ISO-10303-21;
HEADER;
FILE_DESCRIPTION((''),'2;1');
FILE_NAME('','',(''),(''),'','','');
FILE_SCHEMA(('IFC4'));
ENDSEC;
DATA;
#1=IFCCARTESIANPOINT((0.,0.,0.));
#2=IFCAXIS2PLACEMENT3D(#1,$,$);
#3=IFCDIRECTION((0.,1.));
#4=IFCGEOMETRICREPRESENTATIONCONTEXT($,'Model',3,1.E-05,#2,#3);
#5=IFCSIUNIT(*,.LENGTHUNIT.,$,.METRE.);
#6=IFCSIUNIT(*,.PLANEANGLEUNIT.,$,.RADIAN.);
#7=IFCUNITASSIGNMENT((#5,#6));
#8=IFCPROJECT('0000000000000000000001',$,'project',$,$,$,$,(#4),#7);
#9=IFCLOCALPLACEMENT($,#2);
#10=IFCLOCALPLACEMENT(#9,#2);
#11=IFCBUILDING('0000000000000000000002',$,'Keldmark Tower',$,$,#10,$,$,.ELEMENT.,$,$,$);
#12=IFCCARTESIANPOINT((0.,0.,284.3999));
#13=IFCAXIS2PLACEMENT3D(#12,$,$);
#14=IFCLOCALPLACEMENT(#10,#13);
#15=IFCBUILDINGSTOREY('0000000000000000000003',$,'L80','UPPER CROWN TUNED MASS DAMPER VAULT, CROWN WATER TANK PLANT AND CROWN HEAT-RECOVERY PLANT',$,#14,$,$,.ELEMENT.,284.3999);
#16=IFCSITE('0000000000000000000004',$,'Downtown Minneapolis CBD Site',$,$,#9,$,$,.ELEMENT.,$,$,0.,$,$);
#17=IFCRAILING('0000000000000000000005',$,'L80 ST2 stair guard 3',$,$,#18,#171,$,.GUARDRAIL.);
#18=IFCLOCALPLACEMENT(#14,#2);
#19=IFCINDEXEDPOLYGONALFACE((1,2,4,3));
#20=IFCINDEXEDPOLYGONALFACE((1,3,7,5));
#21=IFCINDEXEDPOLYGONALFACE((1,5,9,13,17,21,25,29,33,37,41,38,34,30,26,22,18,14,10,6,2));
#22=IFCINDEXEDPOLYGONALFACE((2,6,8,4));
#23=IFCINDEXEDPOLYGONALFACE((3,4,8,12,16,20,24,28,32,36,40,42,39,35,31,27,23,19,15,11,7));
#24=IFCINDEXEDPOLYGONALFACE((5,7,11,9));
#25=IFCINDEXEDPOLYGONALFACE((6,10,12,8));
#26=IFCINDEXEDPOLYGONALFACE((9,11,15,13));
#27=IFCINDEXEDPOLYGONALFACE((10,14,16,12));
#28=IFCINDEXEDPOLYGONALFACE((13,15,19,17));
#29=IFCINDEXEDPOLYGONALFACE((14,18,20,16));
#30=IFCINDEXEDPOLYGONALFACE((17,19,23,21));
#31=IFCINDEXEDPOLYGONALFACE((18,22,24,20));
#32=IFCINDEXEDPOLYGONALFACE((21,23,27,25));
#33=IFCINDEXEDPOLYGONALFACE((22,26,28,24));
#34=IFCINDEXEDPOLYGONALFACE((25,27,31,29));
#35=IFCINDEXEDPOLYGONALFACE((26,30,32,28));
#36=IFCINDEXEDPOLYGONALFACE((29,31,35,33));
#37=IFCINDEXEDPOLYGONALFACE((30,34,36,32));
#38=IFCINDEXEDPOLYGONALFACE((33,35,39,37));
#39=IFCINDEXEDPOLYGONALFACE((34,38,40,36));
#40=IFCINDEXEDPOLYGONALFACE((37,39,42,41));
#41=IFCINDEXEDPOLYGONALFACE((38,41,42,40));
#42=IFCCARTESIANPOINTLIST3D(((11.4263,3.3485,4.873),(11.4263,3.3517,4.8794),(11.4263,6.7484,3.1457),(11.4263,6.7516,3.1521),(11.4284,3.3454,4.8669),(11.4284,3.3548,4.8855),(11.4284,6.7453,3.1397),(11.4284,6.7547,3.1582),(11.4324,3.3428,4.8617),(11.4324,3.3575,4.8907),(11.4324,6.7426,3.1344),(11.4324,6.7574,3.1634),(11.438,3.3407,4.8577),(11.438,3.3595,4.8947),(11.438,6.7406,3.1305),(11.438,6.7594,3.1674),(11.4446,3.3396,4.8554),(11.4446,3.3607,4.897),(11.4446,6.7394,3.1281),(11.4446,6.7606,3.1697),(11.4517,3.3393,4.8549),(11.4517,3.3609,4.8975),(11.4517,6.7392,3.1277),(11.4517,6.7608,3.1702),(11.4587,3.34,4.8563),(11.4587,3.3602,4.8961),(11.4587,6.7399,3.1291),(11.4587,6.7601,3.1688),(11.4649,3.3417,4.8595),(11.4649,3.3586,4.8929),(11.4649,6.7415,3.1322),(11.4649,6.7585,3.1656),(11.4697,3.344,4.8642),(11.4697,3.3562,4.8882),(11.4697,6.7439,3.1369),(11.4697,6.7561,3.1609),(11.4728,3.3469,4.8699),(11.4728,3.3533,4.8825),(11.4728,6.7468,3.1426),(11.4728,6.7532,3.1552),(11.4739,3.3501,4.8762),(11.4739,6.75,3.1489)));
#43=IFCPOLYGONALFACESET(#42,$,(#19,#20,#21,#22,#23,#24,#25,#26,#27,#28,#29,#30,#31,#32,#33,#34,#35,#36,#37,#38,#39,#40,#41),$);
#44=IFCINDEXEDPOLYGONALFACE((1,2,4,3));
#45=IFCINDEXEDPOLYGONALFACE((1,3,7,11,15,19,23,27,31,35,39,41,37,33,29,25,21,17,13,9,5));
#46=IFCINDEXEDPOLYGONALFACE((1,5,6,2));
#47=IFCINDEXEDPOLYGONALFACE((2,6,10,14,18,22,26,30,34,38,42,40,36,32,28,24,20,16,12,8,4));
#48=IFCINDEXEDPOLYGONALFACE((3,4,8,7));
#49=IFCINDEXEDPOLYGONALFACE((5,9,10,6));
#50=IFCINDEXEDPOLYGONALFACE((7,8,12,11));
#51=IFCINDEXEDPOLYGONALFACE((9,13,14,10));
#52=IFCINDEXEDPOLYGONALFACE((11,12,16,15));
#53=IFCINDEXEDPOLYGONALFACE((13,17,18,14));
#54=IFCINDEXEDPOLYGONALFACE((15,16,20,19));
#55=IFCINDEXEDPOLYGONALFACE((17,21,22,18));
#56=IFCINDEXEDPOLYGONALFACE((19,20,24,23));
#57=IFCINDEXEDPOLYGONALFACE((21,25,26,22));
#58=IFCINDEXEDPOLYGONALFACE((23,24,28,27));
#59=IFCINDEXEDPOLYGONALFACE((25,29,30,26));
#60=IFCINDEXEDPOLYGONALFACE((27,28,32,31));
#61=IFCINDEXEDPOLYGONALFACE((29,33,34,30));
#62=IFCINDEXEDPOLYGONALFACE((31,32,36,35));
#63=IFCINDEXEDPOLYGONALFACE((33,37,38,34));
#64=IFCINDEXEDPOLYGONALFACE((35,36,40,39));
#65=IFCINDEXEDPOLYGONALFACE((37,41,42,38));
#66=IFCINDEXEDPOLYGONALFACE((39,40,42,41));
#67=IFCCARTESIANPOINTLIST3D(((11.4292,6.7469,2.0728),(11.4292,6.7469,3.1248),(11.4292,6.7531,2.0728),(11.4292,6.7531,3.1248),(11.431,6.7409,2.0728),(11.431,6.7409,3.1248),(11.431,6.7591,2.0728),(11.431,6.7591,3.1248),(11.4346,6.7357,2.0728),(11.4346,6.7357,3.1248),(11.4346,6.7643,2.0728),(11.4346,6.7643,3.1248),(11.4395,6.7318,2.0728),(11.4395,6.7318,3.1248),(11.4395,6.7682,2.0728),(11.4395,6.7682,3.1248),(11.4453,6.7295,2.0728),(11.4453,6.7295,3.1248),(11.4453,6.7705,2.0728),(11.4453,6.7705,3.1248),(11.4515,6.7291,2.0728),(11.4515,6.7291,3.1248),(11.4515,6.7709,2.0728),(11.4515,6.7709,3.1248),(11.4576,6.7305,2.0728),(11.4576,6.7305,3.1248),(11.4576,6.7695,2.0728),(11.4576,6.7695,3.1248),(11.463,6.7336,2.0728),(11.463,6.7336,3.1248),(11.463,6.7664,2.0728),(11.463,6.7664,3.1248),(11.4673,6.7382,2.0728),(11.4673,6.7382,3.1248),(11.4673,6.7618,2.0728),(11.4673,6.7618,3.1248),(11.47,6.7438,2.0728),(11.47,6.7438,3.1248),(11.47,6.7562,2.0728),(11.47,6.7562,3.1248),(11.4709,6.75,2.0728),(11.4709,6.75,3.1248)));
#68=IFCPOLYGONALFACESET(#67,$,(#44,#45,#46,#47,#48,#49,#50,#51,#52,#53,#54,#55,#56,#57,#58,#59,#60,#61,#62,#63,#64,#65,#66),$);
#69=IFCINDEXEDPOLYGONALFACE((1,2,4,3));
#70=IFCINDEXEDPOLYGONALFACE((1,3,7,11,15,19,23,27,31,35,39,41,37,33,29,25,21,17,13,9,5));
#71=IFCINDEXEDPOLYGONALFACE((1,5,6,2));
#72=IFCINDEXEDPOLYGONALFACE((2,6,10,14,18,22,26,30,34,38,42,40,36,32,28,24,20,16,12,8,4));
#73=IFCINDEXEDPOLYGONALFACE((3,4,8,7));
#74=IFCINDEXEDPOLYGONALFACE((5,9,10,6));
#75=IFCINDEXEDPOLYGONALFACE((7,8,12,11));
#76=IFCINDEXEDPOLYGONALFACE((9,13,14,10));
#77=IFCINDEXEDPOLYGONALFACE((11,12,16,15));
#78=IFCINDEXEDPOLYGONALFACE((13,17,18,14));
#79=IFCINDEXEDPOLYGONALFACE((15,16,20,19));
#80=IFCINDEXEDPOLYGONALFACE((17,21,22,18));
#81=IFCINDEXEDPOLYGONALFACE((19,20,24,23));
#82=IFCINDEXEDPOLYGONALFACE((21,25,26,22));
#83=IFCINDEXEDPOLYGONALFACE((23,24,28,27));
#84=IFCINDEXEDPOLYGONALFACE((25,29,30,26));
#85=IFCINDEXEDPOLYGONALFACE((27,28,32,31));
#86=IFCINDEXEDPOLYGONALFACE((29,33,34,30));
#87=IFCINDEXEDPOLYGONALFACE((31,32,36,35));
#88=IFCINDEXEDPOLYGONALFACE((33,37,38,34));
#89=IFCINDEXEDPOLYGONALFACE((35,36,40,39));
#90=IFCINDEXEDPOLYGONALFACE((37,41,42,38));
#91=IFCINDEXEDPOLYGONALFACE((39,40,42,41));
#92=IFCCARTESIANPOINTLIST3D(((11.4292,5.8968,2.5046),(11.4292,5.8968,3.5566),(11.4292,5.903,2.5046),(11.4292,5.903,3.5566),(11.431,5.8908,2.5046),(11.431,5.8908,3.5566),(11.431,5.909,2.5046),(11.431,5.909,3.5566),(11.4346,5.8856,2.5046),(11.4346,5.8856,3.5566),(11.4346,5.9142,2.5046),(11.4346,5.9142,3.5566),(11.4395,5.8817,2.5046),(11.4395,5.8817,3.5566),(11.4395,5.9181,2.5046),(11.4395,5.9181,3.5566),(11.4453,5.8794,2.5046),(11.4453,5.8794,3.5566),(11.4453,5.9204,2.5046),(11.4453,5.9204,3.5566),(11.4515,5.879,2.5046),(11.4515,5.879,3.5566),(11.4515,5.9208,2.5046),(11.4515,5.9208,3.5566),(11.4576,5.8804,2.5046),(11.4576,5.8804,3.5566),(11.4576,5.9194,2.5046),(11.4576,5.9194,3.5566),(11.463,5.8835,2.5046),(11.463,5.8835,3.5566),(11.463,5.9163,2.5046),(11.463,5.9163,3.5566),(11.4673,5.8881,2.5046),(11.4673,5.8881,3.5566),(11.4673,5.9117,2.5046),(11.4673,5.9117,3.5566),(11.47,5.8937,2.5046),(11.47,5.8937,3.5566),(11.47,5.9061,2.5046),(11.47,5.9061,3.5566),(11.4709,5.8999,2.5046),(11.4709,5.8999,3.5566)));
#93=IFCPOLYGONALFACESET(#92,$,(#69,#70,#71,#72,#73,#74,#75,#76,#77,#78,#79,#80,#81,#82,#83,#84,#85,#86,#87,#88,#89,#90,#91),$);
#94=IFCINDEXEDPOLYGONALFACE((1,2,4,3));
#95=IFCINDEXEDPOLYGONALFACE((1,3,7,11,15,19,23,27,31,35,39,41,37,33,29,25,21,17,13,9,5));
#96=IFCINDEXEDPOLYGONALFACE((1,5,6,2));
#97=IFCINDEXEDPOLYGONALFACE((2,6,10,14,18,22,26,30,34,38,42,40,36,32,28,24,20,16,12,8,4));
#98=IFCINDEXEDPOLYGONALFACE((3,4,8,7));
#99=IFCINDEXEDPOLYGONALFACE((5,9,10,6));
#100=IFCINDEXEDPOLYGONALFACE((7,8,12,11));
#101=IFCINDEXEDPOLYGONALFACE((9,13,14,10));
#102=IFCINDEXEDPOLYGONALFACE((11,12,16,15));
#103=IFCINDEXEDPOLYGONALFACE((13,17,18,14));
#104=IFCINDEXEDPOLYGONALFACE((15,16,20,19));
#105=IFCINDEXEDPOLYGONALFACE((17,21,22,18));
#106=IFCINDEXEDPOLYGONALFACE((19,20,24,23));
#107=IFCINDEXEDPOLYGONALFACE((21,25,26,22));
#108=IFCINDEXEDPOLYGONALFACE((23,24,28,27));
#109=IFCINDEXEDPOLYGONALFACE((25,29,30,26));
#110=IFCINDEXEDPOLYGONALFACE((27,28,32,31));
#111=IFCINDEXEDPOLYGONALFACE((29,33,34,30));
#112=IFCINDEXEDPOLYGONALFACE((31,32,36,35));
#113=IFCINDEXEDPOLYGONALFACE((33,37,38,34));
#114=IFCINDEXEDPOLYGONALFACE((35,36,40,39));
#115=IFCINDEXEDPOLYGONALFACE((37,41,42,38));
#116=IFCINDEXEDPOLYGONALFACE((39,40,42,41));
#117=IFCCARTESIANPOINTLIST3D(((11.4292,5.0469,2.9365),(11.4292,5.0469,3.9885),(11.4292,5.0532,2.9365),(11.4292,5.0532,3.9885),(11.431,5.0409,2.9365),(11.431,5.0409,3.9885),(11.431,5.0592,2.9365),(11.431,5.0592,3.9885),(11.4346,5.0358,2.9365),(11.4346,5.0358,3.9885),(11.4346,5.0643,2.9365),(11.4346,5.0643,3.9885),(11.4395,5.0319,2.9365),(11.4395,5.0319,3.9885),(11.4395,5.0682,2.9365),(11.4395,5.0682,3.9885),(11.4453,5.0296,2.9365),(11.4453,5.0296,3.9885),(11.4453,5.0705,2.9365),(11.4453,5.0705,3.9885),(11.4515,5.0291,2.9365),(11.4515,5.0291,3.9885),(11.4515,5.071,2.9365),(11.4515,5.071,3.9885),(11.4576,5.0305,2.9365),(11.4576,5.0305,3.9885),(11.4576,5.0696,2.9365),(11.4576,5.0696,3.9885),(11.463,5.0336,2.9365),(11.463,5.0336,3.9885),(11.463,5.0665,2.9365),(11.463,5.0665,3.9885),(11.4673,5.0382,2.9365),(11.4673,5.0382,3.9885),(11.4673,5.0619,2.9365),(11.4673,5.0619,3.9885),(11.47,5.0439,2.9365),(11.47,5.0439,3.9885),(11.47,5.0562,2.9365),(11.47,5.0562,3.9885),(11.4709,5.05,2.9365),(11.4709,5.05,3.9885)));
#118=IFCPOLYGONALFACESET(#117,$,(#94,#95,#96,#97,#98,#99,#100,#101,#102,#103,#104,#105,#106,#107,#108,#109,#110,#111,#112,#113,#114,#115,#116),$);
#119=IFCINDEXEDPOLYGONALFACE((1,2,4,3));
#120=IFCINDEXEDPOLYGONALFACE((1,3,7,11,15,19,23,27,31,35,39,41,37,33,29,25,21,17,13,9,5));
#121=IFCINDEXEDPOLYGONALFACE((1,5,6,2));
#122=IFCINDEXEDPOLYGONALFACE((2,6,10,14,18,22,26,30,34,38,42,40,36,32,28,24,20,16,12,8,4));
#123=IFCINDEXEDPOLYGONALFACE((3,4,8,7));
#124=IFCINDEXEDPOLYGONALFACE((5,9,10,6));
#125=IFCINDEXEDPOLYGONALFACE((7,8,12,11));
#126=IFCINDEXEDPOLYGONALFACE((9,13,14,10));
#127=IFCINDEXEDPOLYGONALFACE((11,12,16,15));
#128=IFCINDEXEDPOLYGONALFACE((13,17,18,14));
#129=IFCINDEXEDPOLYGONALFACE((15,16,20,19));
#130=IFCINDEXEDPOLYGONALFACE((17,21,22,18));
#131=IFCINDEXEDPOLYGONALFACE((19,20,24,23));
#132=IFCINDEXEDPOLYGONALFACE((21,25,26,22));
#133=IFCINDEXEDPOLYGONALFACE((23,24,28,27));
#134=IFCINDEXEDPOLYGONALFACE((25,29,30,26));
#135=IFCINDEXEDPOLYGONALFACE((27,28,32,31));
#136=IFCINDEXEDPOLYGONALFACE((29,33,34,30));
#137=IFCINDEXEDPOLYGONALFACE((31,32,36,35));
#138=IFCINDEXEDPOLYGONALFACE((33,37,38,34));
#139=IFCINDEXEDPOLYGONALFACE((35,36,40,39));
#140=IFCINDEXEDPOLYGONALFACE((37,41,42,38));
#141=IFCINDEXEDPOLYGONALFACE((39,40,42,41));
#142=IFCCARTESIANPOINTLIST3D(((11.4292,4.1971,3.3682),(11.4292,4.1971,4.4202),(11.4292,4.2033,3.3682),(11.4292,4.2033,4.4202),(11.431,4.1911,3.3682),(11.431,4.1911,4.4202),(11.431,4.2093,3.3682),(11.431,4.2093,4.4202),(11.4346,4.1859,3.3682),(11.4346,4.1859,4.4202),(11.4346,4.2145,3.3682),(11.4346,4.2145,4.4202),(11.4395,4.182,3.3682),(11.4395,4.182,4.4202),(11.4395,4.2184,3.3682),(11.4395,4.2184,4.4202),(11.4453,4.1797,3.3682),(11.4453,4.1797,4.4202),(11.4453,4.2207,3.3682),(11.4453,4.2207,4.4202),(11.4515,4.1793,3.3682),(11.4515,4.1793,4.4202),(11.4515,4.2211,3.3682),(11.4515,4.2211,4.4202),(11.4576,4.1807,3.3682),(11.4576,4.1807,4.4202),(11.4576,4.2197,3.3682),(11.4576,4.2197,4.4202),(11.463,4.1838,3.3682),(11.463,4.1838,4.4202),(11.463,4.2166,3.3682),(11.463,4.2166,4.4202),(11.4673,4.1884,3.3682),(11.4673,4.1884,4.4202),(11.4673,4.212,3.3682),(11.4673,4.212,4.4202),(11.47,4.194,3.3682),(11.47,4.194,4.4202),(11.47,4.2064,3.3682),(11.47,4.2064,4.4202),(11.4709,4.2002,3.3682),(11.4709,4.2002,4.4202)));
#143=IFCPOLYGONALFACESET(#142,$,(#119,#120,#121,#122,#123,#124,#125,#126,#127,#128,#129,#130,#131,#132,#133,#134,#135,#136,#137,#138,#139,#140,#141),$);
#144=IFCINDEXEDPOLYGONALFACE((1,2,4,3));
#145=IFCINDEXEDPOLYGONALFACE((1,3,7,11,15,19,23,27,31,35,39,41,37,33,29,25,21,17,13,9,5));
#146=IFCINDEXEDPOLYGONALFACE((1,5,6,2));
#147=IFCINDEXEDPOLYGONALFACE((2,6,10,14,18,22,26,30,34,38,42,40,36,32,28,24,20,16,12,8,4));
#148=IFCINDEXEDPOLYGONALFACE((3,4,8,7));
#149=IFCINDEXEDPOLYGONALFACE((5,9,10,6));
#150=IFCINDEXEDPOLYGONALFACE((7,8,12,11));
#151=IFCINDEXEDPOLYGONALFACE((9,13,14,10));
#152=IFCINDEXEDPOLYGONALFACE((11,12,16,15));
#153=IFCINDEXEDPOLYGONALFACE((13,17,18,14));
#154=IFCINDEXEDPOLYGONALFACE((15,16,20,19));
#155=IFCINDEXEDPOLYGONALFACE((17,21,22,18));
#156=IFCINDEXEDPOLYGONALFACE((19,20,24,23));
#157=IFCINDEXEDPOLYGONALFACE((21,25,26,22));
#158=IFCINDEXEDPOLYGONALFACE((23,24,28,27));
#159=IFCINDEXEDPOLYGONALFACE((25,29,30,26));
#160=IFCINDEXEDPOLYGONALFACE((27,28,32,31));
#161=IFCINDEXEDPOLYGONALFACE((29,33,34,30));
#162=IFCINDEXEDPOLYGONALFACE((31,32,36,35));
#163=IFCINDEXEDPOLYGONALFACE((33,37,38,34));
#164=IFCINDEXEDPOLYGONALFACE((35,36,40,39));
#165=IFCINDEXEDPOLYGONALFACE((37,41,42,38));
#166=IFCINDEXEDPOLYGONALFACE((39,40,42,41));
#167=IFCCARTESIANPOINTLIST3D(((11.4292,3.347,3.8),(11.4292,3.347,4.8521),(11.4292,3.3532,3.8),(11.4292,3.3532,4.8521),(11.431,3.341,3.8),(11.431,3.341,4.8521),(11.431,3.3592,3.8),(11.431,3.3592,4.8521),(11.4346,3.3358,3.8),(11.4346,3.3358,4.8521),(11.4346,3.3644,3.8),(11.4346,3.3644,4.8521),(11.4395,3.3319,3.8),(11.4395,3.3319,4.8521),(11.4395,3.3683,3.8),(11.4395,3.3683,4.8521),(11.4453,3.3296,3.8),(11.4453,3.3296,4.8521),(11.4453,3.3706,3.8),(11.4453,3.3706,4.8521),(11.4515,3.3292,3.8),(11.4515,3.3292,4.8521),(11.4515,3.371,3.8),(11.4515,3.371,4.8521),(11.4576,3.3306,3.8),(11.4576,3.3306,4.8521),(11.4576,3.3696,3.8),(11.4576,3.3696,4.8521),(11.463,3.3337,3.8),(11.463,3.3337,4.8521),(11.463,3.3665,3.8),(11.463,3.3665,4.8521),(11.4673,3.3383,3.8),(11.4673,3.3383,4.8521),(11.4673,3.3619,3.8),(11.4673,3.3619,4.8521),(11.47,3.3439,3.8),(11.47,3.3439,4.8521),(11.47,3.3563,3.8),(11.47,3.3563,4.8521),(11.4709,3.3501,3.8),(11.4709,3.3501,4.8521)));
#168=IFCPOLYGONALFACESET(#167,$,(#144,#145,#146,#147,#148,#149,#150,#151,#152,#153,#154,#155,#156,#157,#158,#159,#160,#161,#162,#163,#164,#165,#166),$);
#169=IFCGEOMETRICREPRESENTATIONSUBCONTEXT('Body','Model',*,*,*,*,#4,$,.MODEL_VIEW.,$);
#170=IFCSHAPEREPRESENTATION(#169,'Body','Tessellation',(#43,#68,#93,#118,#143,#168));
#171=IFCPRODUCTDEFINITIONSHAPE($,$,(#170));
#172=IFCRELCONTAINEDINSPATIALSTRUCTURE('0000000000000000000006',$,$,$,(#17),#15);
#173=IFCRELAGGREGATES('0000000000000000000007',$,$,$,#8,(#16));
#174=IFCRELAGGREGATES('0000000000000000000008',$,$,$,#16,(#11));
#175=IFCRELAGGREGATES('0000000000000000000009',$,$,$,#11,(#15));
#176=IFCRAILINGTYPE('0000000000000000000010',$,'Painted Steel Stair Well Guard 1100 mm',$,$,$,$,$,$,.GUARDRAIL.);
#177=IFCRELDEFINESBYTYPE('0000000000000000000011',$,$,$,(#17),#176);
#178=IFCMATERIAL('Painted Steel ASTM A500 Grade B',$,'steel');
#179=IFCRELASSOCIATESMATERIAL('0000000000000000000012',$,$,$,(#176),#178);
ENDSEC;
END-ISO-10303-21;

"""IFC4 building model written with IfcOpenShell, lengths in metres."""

from ifc_helpers import new_model, si_unit, direction, frame, origin, origin_2d, place, context, subcontext, project, spatial, circle, extrude, material, type_object, element, save


model = new_model("IFC4")

# Units and contexts
model_context = context("Model", 3, precision=1e-05, world=origin(), true_north=direction((0.0, 1.0)))
body_context = subcontext(model_context, "Body", "Model", "MODEL_VIEW")
ifc_project = project(units=[si_unit("LENGTHUNIT", "METRE"), si_unit("PLANEANGLEUNIT", "RADIAN")], contexts=[model_context])

# Site, building, storey
site_placement = place(None, origin())
site = spatial("IfcSite", under=ifc_project, at=site_placement, Name="Downtown Minneapolis CBD Site", CompositionType="ELEMENT", RefElevation=0.0)
building_placement = place(site_placement, origin())
building = spatial("IfcBuilding", under=site, at=building_placement, Name="Keldmark Tower", CompositionType="ELEMENT")
storey_placement = place(building_placement, frame((0.0, 0.0, 284.3999)))
storey = spatial("IfcBuildingStorey", under=building, at=storey_placement, Name="L80", Description="UPPER CROWN TUNED MASS DAMPER VAULT, CROWN WATER TANK PLANT AND CROWN HEAT-RECOVERY PLANT", CompositionType="ELEMENT", Elevation=284.3999)

# Railing
ifc_material_1 = material(Name="Painted Steel ASTM A500 Grade B", Category="steel")
railing_type_1 = type_object("IfcRailingType", Name="Painted Steel Stair Well Guard 1100 mm", PredefinedType="GUARDRAIL", material=ifc_material_1)
railing_1_placement = place(storey_placement, frame((11.45, 6.75, 2.0728)))
element("IfcRailing", 1, at=railing_1_placement, inside=storey, type_object=railing_type_1, Name="L80 ST2 stair guard 3", PredefinedType="GUARDRAIL", context=body_context, shape_type="SweptSolid", body=[
    extrude(circle(Radius=0.0239, at=origin_2d()), frame((0.0, 0.0, 1.0762), z_axis=(0.0, -0.891541, 0.452941), x_axis=(1.0, 0.0, 0.0)), (0.0, 0.0, 1.0), 3.8135),
    extrude(circle(Radius=0.021, at=origin_2d()), origin(), (0.0, 0.0, 1.0), 1.052),
    extrude(circle(Radius=0.021, at=origin_2d()), frame((0.0, -0.8501, 0.4319)), (0.0, 0.0, 1.0), 1.052),
    extrude(circle(Radius=0.021, at=origin_2d()), frame((0.0, -1.7, 0.8638)), (0.0, 0.0, 1.0), 1.052),
    extrude(circle(Radius=0.021, at=origin_2d()), frame((0.0, -2.5498, 1.2954)), (0.0, 0.0, 1.0), 1.052),
    extrude(circle(Radius=0.021, at=origin_2d()), frame((0.0, -3.3999, 1.7273)), (0.0, 0.0, 1.0), 1.052),
])

save(model, "model.ifc")
